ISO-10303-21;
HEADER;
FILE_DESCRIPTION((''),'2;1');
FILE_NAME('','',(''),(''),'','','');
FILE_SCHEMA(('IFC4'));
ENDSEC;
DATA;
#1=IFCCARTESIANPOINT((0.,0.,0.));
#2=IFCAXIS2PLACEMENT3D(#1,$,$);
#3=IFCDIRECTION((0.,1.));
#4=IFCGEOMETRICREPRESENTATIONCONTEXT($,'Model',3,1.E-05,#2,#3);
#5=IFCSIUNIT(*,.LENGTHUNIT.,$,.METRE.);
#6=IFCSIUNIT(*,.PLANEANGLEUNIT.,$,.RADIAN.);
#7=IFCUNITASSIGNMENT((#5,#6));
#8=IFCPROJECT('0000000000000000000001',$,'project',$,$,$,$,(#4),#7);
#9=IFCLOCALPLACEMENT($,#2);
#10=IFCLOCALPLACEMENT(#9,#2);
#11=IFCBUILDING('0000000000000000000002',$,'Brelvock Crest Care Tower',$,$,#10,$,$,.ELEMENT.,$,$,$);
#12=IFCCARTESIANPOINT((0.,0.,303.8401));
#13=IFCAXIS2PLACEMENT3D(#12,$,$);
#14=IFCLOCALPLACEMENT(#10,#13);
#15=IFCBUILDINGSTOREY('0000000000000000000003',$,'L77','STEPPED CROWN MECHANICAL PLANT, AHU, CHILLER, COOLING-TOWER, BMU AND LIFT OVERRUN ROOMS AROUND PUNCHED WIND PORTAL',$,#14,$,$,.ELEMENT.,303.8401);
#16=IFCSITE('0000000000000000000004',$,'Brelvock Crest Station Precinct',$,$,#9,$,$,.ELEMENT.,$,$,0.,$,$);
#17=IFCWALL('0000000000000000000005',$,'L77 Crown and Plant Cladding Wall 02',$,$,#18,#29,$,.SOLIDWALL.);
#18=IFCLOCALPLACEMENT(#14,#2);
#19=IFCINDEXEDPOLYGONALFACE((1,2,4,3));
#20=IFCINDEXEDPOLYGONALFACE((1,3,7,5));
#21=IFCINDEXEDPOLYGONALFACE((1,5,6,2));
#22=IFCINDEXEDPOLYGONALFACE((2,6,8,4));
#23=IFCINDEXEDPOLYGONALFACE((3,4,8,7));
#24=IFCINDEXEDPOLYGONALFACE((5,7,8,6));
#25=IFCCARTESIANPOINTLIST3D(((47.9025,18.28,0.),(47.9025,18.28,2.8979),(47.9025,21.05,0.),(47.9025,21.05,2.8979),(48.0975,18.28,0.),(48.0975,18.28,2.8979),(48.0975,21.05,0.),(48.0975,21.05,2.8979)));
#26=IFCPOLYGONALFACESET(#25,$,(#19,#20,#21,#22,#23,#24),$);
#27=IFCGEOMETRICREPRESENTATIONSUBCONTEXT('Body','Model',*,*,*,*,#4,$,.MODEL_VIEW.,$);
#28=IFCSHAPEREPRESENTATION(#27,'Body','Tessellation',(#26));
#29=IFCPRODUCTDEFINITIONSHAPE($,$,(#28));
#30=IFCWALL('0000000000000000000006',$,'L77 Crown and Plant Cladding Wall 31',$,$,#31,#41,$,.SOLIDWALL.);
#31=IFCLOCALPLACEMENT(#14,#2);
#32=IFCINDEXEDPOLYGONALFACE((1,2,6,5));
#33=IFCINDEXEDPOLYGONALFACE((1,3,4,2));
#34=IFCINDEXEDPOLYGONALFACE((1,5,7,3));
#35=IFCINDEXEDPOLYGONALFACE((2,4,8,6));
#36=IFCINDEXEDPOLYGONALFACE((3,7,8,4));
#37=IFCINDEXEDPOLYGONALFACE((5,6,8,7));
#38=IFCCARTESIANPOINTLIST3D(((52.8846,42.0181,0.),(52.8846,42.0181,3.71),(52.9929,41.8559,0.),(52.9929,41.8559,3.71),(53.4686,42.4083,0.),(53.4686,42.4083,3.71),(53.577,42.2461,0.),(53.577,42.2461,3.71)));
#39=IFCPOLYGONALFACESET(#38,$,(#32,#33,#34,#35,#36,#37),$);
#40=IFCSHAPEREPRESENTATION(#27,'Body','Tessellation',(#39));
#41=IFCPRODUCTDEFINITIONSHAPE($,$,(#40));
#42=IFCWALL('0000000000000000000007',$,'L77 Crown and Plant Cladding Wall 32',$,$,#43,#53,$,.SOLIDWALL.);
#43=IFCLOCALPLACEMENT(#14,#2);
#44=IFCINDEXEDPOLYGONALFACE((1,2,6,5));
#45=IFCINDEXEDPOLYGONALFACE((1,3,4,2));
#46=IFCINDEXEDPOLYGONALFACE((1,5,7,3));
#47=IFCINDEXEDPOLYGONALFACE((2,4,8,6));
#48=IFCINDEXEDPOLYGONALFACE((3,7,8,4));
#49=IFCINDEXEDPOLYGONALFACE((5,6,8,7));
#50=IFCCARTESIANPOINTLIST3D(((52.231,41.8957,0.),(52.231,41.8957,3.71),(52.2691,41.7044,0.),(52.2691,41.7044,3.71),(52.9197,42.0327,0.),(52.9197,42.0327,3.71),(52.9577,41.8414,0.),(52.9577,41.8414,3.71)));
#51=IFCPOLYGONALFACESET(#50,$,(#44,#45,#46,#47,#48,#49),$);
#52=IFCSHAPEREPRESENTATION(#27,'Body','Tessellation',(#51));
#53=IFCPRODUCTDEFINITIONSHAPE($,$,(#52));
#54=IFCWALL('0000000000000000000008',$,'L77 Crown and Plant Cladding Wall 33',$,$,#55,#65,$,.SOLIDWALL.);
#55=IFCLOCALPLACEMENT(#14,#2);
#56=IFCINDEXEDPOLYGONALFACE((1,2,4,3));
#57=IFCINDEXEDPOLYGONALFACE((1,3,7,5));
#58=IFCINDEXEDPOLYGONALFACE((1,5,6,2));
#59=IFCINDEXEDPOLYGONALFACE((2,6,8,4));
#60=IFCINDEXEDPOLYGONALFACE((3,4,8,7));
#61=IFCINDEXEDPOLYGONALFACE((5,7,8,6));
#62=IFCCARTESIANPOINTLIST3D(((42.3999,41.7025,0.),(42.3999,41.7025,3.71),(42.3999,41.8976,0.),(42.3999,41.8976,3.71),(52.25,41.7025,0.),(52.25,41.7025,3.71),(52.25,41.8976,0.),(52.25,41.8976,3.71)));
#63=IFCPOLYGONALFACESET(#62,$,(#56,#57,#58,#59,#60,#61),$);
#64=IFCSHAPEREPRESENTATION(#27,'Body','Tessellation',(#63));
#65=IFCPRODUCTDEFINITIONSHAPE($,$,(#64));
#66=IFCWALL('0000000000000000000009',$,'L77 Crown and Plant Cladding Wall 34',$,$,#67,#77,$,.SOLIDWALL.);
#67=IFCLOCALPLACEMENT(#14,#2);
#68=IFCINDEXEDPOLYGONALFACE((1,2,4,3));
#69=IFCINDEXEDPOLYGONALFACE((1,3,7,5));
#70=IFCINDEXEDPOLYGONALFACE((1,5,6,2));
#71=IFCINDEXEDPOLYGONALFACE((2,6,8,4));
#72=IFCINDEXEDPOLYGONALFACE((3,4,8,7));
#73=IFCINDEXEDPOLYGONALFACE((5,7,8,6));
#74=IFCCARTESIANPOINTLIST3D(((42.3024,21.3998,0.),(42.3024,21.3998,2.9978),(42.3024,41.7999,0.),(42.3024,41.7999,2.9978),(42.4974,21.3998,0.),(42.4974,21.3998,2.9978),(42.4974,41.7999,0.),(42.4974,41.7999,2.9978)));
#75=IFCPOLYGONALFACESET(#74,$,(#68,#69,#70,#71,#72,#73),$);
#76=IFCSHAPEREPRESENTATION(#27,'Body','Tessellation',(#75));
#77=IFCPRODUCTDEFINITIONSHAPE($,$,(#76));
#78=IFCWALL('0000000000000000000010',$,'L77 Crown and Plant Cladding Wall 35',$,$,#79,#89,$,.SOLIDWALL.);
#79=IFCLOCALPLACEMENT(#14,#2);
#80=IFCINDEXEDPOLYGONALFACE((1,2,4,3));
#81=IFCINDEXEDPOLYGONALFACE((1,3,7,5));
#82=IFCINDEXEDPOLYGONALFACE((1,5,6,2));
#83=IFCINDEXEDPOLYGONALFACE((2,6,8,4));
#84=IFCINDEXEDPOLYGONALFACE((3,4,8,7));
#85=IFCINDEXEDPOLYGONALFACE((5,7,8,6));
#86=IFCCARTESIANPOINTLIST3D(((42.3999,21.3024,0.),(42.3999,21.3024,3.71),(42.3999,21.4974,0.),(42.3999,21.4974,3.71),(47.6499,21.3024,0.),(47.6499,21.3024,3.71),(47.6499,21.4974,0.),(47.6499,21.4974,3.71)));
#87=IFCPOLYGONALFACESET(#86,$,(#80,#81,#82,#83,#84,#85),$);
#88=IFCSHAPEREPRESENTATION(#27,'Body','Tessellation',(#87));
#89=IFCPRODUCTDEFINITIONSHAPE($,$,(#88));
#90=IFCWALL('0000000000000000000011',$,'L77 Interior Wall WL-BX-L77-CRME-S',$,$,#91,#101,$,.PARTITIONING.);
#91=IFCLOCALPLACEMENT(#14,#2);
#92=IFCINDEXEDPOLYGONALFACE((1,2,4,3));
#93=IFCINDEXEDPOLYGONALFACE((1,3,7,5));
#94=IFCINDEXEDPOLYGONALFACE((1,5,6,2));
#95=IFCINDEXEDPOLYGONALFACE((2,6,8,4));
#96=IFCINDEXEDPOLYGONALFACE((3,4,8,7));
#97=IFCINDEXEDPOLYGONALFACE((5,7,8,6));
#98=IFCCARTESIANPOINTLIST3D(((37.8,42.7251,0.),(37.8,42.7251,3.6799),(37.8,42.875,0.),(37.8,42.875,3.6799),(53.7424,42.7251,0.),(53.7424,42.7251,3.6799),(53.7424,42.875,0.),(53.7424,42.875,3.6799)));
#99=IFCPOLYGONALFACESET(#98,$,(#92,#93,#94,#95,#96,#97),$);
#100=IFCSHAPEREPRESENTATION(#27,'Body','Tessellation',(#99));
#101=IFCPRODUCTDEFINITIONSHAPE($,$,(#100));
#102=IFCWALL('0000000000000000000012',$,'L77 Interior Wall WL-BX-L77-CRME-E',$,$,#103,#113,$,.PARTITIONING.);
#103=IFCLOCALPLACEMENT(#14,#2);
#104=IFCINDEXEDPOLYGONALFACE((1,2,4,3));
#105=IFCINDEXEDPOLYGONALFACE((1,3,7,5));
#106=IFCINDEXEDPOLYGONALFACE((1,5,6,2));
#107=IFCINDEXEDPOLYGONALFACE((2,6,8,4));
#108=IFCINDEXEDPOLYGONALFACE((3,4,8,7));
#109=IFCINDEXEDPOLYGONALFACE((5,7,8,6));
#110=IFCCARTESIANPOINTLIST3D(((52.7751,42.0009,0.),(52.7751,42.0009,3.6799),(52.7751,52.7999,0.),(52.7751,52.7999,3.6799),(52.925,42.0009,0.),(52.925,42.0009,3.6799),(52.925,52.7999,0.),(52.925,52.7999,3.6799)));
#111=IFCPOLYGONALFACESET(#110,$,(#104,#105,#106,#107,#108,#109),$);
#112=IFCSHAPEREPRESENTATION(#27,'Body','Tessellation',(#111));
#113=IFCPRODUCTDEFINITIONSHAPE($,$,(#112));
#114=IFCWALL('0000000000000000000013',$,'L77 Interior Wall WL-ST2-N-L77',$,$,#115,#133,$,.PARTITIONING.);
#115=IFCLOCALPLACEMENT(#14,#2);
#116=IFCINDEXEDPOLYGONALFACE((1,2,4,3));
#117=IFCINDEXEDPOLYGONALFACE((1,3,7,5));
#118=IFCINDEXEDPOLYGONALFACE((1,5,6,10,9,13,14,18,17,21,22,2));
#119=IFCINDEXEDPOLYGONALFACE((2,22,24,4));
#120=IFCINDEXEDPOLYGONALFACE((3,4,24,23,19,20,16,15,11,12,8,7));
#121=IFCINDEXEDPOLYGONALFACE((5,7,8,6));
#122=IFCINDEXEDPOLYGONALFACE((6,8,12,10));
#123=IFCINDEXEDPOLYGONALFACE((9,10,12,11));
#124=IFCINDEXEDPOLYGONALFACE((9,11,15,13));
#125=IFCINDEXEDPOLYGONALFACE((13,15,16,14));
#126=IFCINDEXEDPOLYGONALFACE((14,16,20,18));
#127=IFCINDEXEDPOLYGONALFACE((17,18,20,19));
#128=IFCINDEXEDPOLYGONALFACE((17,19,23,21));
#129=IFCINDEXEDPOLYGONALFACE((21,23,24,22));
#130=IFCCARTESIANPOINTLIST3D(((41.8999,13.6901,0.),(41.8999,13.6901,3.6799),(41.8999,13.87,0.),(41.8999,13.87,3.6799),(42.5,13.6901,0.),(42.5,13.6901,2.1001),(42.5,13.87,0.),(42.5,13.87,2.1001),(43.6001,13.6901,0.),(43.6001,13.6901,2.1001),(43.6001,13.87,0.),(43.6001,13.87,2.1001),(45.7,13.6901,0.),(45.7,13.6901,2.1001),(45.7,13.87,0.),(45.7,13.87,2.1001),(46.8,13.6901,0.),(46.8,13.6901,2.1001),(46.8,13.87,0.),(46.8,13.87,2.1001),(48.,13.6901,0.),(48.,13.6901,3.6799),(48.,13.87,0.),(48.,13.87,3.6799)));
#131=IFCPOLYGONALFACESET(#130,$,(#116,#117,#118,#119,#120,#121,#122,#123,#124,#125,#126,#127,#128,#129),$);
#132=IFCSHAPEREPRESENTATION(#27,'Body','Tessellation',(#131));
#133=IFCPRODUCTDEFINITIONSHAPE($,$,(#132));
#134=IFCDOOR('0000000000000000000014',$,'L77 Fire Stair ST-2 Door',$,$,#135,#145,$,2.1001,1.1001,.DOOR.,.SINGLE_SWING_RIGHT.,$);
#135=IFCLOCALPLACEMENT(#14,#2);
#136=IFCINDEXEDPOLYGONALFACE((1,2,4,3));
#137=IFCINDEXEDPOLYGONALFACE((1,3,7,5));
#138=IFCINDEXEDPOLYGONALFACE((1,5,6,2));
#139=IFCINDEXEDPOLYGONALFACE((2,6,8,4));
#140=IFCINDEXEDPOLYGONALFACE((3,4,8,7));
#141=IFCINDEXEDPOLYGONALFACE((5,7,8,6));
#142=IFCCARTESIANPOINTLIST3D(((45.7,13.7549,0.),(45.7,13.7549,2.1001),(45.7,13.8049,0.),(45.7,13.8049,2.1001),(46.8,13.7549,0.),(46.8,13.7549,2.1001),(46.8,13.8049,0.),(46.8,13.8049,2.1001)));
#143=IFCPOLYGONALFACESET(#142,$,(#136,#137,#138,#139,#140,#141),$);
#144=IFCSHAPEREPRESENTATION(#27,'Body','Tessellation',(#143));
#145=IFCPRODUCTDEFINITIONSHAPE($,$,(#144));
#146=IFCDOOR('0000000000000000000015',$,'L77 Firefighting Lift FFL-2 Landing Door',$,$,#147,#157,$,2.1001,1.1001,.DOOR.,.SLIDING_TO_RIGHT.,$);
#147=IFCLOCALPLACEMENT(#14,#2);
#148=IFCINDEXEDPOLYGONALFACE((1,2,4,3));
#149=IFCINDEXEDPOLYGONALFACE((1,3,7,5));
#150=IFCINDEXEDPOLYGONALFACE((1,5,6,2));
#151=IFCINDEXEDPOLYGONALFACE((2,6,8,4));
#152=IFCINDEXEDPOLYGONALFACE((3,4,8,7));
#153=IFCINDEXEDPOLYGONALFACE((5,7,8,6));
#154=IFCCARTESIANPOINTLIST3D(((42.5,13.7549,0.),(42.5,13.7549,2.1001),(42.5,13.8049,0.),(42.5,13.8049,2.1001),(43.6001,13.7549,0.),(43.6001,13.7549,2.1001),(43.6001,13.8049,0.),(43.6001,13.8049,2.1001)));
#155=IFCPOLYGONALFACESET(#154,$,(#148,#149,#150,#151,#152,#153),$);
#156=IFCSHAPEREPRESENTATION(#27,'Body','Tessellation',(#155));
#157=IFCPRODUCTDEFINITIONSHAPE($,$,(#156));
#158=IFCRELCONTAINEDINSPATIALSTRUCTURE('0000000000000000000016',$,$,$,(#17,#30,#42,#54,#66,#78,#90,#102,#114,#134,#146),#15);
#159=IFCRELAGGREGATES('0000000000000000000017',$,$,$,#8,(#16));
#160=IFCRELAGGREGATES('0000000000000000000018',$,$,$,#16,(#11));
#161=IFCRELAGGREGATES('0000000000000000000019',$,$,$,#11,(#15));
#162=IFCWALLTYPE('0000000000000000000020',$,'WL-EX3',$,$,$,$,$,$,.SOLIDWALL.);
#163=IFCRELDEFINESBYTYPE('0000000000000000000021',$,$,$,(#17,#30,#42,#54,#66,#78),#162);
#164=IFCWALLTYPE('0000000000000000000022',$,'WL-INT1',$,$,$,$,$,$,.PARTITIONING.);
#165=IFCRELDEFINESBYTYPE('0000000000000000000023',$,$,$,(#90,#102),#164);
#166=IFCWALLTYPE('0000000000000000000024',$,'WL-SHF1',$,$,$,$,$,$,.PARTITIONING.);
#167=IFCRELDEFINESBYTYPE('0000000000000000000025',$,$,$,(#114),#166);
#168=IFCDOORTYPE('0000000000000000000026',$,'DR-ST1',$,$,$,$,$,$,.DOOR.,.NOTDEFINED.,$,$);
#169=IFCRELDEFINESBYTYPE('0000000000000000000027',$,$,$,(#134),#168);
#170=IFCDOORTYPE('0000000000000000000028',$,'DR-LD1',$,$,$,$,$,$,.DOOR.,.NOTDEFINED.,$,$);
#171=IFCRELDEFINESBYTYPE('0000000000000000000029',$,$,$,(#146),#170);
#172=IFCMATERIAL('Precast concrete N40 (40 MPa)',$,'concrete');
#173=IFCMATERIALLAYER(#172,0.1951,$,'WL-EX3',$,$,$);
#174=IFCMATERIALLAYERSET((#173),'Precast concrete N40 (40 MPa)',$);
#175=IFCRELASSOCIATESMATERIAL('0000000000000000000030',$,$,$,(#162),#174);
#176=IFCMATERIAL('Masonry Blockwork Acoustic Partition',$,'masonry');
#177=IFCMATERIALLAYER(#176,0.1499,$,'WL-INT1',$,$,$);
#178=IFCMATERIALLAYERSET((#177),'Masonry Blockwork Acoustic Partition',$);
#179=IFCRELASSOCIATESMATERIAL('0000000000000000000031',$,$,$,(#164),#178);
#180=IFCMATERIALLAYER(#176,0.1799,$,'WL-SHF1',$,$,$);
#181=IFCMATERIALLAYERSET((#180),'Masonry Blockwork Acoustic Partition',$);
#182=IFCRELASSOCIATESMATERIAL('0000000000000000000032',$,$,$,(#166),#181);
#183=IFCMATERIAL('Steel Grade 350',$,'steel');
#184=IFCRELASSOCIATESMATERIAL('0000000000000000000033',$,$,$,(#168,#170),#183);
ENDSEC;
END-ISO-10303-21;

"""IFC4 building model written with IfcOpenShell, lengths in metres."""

from ifc_helpers import new_model, si_unit, direction, frame, frame_2d, origin, origin_2d, place, context, subcontext, project, spatial, rectangle, extrude, source, transform, mapped, material, layer, layer_set, type_object, element, fill, save


model = new_model("IFC4")

# Units and contexts
model_context = context("Model", 3, precision=1e-05, world=origin(), true_north=direction((0.0, 1.0)))
body_context = subcontext(model_context, "Body", "Model", "MODEL_VIEW")
ifc_project = project(units=[si_unit("LENGTHUNIT", "METRE"), si_unit("PLANEANGLEUNIT", "RADIAN")], contexts=[model_context])

# Site, building, storey
site_placement = place(None, origin())
site = spatial("IfcSite", under=ifc_project, at=site_placement, Name="Brelvock Crest Station Precinct", CompositionType="ELEMENT", RefElevation=0.0)
building_placement = place(site_placement, origin())
building = spatial("IfcBuilding", under=site, at=building_placement, Name="Brelvock Crest Care Tower", CompositionType="ELEMENT")
storey_placement = place(building_placement, frame((0.0, 0.0, 303.8401)))
storey = spatial("IfcBuildingStorey", under=building, at=storey_placement, Name="L77", Description="STEPPED CROWN MECHANICAL PLANT, AHU, CHILLER, COOLING-TOWER, BMU AND LIFT OVERRUN ROOMS AROUND PUNCHED WIND PORTAL", CompositionType="ELEMENT", Elevation=303.8401)

# Shared definitions
ifc_material_1 = material(Name="Steel Grade 350", Category="steel")

# Walls
ifc_material_2 = material(Name="Precast concrete N40 (40 MPa)", Category="concrete")
ifc_layer_1 = layer(ifc_material_2, 0.1951, Name="WL-EX3")
ifc_layer_set_1 = layer_set([ifc_layer_1], Name="Precast concrete N40 (40 MPa)")
wall_type_1 = type_object("IfcWallType", Name="WL-EX3", PredefinedType="SOLIDWALL", material=ifc_layer_set_1)
wall_1_placement = place(storey_placement, frame((48.0, 21.05, 0.0), z_axis=(0.0, 0.0, 1.0), x_axis=(0.0, -1.0, 0.0)))
element("IfcWall", 1, at=wall_1_placement, inside=storey, type_object=wall_type_1, Name="L77 Crown and Plant Cladding Wall 02", PredefinedType="SOLIDWALL", context=body_context, shape_type="SweptSolid", body=[
    extrude(rectangle(XDim=2.77, YDim=0.1951, at=frame_2d((1.385, 0.0))), origin(), (0.0, 0.0, 1.0), 2.8979),
])
wall_2_placement = place(storey_placement, frame((53.5227, 42.3271, 0.0), z_axis=(0.0, 0.0, 1.0), x_axis=(-0.831515, -0.555502, 0.0)))
element("IfcWall", 2, at=wall_2_placement, inside=storey, type_object=wall_type_1, Name="L77 Crown and Plant Cladding Wall 31", PredefinedType="SOLIDWALL", context=body_context, shape_type="SweptSolid", body=[
    extrude(rectangle(XDim=0.7024, YDim=0.1951, at=frame_2d((0.3511, 0.0))), origin(), (0.0, 0.0, 1.0), 3.71),
])
wall_3_placement = place(storey_placement, frame((52.9387, 41.937, 0.0), z_axis=(0.0, 0.0, 1.0), x_axis=(-0.980794, -0.195046, 0.0)))
element("IfcWall", 3, at=wall_3_placement, inside=storey, type_object=wall_type_1, Name="L77 Crown and Plant Cladding Wall 32", PredefinedType="SOLIDWALL", context=body_context, shape_type="SweptSolid", body=[
    extrude(rectangle(XDim=0.7021, YDim=0.1951, at=frame_2d((0.3511, 0.0))), origin(), (0.0, 0.0, 1.0), 3.71),
])
wall_4_placement = place(storey_placement, frame((52.25, 41.8, 0.0), z_axis=(0.0, 0.0, 1.0), x_axis=(-1.0, 0.0, 0.0)))
element("IfcWall", 4, at=wall_4_placement, inside=storey, type_object=wall_type_1, Name="L77 Crown and Plant Cladding Wall 33", PredefinedType="SOLIDWALL", context=body_context, shape_type="SweptSolid", body=[
    extrude(rectangle(XDim=9.8501, YDim=0.1951, at=frame_2d((4.925, 0.0))), origin(), (0.0, 0.0, 1.0), 3.71),
])
wall_5_placement = place(storey_placement, frame((42.3999, 41.8, 0.0), z_axis=(0.0, 0.0, 1.0), x_axis=(0.0, -1.0, 0.0)))
element("IfcWall", 5, at=wall_5_placement, inside=storey, type_object=wall_type_1, Name="L77 Crown and Plant Cladding Wall 34", PredefinedType="SOLIDWALL", context=body_context, shape_type="SweptSolid", body=[
    extrude(rectangle(XDim=20.4001, YDim=0.1951, at=frame_2d((10.2002, 0.0))), origin(), (0.0, 0.0, 1.0), 2.9978),
])
wall_6_placement = place(storey_placement, frame((42.3999, 21.3999, 0.0), z_axis=(0.0, 0.0, 1.0), x_axis=(1.0, 0.0, 0.0)))
element("IfcWall", 6, at=wall_6_placement, inside=storey, type_object=wall_type_1, Name="L77 Crown and Plant Cladding Wall 35", PredefinedType="SOLIDWALL", context=body_context, shape_type="SweptSolid", body=[
    extrude(rectangle(XDim=5.25, YDim=0.1951, at=frame_2d((2.625, 0.0))), origin(), (0.0, 0.0, 1.0), 3.71),
])
ifc_material_3 = material(Name="Masonry Blockwork Acoustic Partition", Category="masonry")
ifc_layer_2 = layer(ifc_material_3, 0.1499, Name="WL-INT1")
ifc_layer_set_2 = layer_set([ifc_layer_2], Name="Masonry Blockwork Acoustic Partition")
wall_type_2 = type_object("IfcWallType", Name="WL-INT1", PredefinedType="PARTITIONING", material=ifc_layer_set_2)
wall_7_placement = place(storey_placement, frame((37.8, 42.8, 0.0), z_axis=(0.0, 0.0, 1.0), x_axis=(1.0, 0.0, 0.0)))
element("IfcWall", 7, at=wall_7_placement, inside=storey, type_object=wall_type_2, Name="L77 Interior Wall WL-BX-L77-CRME-S", PredefinedType="PARTITIONING", context=body_context, shape_type="SweptSolid", body=[
    extrude(rectangle(XDim=15.9424, YDim=0.1499, at=frame_2d((7.9712, 0.0))), origin(), (0.0, 0.0, 1.0), 3.6799),
])
wall_8_placement = place(storey_placement, frame((52.8501, 42.001, 0.0), z_axis=(0.0, 0.0, 1.0), x_axis=(0.0, 1.0, 0.0)))
element("IfcWall", 8, at=wall_8_placement, inside=storey, type_object=wall_type_2, Name="L77 Interior Wall WL-BX-L77-CRME-E", PredefinedType="PARTITIONING", context=body_context, shape_type="SweptSolid", body=[
    extrude(rectangle(XDim=10.7991, YDim=0.1499, at=frame_2d((5.3994, 0.0))), origin(), (0.0, 0.0, 1.0), 3.6799),
])

# Wall, openings, doors
ifc_layer_3 = layer(ifc_material_3, 0.1799, Name="WL-SHF1")
ifc_layer_set_3 = layer_set([ifc_layer_3], Name="Masonry Blockwork Acoustic Partition")
wall_type_3 = type_object("IfcWallType", Name="WL-SHF1", PredefinedType="PARTITIONING", material=ifc_layer_set_3)
wall_9_placement = place(storey_placement, frame((41.8999, 13.78, 0.0), z_axis=(0.0, 0.0, 1.0), x_axis=(1.0, 0.0, 0.0)))
wall_9 = element("IfcWall", 9, at=wall_9_placement, inside=storey, type_object=wall_type_3, Name="L77 Interior Wall WL-ST2-N-L77", PredefinedType="PARTITIONING", context=body_context, shape_type="SweptSolid", body=[
    extrude(rectangle(XDim=6.1001, YDim=0.1799, at=frame_2d((3.05, 0.0))), origin(), (0.0, 0.0, 1.0), 3.6799),
])
opening_1_placement = place(wall_9_placement, frame((0.6001, 0.0, 0.0)))
opening_1 = element("IfcOpeningElement", 10, at=opening_1_placement, cuts=wall_9, PredefinedType="OPENING", context=body_context, shape_type="SweptSolid", body=[
    extrude(rectangle(XDim=1.1001, YDim=2.1001, at=origin_2d()), frame((0.55, 0.1001, 1.05), z_axis=(0.0, -1.0, 0.0), x_axis=(1.0, 0.0, 0.0)), (0.0, 0.0, 1.0), 0.2),
])
opening_2_placement = place(wall_9_placement, frame((3.8, 0.0, 0.0)))
opening_2 = element("IfcOpeningElement", 11, at=opening_2_placement, cuts=wall_9, PredefinedType="OPENING", context=body_context, shape_type="SweptSolid", body=[
    extrude(rectangle(XDim=1.1001, YDim=2.1001, at=origin_2d()), frame((0.55, 0.1001, 1.05), z_axis=(0.0, -1.0, 0.0), x_axis=(1.0, 0.0, 0.0)), (0.0, 0.0, 1.0), 0.2),
])
door_type_1 = type_object("IfcDoorType", Name="DR-ST1", OperationType="NOTDEFINED", PredefinedType="DOOR", material=ifc_material_1)
shared_shape_1 = source(origin(), body_context, "Body", "SweptSolid", [
    extrude(rectangle(XDim=1.1001, YDim=2.1001, at=origin_2d()), frame((0.55, 0.0249, 1.05), z_axis=(0.0, -1.0, 0.0), x_axis=(1.0, 0.0, 0.0)), (0.0, 0.0, 1.0), 0.05),
])
door_1_placement = place(opening_2_placement, origin())
door_1 = element("IfcDoor", 12, at=door_1_placement, inside=storey, type_object=door_type_1, Name="L77 Fire Stair ST-2 Door", OperationType="SINGLE_SWING_RIGHT", OverallHeight=2.1001, OverallWidth=1.1001, PredefinedType="DOOR", context=body_context, shape_type="MappedRepresentation", body=[
    mapped(shared_shape_1, transform((0.0, 0.0, 0.0), x_axis=(1.0, 0.0, 0.0), y_axis=(0.0, 1.0, 0.0), z_axis=(0.0, 0.0, 1.0), scale=1.0)),
])
fill(opening_2, door_1)
door_type_2 = type_object("IfcDoorType", Name="DR-LD1", OperationType="NOTDEFINED", PredefinedType="DOOR", material=ifc_material_1)
shared_shape_2 = source(origin(), body_context, "Body", "SweptSolid", [
    extrude(rectangle(XDim=1.1001, YDim=2.1001, at=origin_2d()), frame((0.55, 0.0249, 1.05), z_axis=(0.0, -1.0, 0.0), x_axis=(1.0, 0.0, 0.0)), (0.0, 0.0, 1.0), 0.05),
])
door_2_placement = place(opening_1_placement, origin())
door_2 = element("IfcDoor", 13, at=door_2_placement, inside=storey, type_object=door_type_2, Name="L77 Firefighting Lift FFL-2 Landing Door", OperationType="SLIDING_TO_RIGHT", OverallHeight=2.1001, OverallWidth=1.1001, PredefinedType="DOOR", context=body_context, shape_type="MappedRepresentation", body=[
    mapped(shared_shape_2, transform((0.0, 0.0, 0.0), x_axis=(1.0, 0.0, 0.0), y_axis=(0.0, 1.0, 0.0), z_axis=(0.0, 0.0, 1.0), scale=1.0)),
])
fill(opening_1, door_2)

save(model, "model.ifc")
